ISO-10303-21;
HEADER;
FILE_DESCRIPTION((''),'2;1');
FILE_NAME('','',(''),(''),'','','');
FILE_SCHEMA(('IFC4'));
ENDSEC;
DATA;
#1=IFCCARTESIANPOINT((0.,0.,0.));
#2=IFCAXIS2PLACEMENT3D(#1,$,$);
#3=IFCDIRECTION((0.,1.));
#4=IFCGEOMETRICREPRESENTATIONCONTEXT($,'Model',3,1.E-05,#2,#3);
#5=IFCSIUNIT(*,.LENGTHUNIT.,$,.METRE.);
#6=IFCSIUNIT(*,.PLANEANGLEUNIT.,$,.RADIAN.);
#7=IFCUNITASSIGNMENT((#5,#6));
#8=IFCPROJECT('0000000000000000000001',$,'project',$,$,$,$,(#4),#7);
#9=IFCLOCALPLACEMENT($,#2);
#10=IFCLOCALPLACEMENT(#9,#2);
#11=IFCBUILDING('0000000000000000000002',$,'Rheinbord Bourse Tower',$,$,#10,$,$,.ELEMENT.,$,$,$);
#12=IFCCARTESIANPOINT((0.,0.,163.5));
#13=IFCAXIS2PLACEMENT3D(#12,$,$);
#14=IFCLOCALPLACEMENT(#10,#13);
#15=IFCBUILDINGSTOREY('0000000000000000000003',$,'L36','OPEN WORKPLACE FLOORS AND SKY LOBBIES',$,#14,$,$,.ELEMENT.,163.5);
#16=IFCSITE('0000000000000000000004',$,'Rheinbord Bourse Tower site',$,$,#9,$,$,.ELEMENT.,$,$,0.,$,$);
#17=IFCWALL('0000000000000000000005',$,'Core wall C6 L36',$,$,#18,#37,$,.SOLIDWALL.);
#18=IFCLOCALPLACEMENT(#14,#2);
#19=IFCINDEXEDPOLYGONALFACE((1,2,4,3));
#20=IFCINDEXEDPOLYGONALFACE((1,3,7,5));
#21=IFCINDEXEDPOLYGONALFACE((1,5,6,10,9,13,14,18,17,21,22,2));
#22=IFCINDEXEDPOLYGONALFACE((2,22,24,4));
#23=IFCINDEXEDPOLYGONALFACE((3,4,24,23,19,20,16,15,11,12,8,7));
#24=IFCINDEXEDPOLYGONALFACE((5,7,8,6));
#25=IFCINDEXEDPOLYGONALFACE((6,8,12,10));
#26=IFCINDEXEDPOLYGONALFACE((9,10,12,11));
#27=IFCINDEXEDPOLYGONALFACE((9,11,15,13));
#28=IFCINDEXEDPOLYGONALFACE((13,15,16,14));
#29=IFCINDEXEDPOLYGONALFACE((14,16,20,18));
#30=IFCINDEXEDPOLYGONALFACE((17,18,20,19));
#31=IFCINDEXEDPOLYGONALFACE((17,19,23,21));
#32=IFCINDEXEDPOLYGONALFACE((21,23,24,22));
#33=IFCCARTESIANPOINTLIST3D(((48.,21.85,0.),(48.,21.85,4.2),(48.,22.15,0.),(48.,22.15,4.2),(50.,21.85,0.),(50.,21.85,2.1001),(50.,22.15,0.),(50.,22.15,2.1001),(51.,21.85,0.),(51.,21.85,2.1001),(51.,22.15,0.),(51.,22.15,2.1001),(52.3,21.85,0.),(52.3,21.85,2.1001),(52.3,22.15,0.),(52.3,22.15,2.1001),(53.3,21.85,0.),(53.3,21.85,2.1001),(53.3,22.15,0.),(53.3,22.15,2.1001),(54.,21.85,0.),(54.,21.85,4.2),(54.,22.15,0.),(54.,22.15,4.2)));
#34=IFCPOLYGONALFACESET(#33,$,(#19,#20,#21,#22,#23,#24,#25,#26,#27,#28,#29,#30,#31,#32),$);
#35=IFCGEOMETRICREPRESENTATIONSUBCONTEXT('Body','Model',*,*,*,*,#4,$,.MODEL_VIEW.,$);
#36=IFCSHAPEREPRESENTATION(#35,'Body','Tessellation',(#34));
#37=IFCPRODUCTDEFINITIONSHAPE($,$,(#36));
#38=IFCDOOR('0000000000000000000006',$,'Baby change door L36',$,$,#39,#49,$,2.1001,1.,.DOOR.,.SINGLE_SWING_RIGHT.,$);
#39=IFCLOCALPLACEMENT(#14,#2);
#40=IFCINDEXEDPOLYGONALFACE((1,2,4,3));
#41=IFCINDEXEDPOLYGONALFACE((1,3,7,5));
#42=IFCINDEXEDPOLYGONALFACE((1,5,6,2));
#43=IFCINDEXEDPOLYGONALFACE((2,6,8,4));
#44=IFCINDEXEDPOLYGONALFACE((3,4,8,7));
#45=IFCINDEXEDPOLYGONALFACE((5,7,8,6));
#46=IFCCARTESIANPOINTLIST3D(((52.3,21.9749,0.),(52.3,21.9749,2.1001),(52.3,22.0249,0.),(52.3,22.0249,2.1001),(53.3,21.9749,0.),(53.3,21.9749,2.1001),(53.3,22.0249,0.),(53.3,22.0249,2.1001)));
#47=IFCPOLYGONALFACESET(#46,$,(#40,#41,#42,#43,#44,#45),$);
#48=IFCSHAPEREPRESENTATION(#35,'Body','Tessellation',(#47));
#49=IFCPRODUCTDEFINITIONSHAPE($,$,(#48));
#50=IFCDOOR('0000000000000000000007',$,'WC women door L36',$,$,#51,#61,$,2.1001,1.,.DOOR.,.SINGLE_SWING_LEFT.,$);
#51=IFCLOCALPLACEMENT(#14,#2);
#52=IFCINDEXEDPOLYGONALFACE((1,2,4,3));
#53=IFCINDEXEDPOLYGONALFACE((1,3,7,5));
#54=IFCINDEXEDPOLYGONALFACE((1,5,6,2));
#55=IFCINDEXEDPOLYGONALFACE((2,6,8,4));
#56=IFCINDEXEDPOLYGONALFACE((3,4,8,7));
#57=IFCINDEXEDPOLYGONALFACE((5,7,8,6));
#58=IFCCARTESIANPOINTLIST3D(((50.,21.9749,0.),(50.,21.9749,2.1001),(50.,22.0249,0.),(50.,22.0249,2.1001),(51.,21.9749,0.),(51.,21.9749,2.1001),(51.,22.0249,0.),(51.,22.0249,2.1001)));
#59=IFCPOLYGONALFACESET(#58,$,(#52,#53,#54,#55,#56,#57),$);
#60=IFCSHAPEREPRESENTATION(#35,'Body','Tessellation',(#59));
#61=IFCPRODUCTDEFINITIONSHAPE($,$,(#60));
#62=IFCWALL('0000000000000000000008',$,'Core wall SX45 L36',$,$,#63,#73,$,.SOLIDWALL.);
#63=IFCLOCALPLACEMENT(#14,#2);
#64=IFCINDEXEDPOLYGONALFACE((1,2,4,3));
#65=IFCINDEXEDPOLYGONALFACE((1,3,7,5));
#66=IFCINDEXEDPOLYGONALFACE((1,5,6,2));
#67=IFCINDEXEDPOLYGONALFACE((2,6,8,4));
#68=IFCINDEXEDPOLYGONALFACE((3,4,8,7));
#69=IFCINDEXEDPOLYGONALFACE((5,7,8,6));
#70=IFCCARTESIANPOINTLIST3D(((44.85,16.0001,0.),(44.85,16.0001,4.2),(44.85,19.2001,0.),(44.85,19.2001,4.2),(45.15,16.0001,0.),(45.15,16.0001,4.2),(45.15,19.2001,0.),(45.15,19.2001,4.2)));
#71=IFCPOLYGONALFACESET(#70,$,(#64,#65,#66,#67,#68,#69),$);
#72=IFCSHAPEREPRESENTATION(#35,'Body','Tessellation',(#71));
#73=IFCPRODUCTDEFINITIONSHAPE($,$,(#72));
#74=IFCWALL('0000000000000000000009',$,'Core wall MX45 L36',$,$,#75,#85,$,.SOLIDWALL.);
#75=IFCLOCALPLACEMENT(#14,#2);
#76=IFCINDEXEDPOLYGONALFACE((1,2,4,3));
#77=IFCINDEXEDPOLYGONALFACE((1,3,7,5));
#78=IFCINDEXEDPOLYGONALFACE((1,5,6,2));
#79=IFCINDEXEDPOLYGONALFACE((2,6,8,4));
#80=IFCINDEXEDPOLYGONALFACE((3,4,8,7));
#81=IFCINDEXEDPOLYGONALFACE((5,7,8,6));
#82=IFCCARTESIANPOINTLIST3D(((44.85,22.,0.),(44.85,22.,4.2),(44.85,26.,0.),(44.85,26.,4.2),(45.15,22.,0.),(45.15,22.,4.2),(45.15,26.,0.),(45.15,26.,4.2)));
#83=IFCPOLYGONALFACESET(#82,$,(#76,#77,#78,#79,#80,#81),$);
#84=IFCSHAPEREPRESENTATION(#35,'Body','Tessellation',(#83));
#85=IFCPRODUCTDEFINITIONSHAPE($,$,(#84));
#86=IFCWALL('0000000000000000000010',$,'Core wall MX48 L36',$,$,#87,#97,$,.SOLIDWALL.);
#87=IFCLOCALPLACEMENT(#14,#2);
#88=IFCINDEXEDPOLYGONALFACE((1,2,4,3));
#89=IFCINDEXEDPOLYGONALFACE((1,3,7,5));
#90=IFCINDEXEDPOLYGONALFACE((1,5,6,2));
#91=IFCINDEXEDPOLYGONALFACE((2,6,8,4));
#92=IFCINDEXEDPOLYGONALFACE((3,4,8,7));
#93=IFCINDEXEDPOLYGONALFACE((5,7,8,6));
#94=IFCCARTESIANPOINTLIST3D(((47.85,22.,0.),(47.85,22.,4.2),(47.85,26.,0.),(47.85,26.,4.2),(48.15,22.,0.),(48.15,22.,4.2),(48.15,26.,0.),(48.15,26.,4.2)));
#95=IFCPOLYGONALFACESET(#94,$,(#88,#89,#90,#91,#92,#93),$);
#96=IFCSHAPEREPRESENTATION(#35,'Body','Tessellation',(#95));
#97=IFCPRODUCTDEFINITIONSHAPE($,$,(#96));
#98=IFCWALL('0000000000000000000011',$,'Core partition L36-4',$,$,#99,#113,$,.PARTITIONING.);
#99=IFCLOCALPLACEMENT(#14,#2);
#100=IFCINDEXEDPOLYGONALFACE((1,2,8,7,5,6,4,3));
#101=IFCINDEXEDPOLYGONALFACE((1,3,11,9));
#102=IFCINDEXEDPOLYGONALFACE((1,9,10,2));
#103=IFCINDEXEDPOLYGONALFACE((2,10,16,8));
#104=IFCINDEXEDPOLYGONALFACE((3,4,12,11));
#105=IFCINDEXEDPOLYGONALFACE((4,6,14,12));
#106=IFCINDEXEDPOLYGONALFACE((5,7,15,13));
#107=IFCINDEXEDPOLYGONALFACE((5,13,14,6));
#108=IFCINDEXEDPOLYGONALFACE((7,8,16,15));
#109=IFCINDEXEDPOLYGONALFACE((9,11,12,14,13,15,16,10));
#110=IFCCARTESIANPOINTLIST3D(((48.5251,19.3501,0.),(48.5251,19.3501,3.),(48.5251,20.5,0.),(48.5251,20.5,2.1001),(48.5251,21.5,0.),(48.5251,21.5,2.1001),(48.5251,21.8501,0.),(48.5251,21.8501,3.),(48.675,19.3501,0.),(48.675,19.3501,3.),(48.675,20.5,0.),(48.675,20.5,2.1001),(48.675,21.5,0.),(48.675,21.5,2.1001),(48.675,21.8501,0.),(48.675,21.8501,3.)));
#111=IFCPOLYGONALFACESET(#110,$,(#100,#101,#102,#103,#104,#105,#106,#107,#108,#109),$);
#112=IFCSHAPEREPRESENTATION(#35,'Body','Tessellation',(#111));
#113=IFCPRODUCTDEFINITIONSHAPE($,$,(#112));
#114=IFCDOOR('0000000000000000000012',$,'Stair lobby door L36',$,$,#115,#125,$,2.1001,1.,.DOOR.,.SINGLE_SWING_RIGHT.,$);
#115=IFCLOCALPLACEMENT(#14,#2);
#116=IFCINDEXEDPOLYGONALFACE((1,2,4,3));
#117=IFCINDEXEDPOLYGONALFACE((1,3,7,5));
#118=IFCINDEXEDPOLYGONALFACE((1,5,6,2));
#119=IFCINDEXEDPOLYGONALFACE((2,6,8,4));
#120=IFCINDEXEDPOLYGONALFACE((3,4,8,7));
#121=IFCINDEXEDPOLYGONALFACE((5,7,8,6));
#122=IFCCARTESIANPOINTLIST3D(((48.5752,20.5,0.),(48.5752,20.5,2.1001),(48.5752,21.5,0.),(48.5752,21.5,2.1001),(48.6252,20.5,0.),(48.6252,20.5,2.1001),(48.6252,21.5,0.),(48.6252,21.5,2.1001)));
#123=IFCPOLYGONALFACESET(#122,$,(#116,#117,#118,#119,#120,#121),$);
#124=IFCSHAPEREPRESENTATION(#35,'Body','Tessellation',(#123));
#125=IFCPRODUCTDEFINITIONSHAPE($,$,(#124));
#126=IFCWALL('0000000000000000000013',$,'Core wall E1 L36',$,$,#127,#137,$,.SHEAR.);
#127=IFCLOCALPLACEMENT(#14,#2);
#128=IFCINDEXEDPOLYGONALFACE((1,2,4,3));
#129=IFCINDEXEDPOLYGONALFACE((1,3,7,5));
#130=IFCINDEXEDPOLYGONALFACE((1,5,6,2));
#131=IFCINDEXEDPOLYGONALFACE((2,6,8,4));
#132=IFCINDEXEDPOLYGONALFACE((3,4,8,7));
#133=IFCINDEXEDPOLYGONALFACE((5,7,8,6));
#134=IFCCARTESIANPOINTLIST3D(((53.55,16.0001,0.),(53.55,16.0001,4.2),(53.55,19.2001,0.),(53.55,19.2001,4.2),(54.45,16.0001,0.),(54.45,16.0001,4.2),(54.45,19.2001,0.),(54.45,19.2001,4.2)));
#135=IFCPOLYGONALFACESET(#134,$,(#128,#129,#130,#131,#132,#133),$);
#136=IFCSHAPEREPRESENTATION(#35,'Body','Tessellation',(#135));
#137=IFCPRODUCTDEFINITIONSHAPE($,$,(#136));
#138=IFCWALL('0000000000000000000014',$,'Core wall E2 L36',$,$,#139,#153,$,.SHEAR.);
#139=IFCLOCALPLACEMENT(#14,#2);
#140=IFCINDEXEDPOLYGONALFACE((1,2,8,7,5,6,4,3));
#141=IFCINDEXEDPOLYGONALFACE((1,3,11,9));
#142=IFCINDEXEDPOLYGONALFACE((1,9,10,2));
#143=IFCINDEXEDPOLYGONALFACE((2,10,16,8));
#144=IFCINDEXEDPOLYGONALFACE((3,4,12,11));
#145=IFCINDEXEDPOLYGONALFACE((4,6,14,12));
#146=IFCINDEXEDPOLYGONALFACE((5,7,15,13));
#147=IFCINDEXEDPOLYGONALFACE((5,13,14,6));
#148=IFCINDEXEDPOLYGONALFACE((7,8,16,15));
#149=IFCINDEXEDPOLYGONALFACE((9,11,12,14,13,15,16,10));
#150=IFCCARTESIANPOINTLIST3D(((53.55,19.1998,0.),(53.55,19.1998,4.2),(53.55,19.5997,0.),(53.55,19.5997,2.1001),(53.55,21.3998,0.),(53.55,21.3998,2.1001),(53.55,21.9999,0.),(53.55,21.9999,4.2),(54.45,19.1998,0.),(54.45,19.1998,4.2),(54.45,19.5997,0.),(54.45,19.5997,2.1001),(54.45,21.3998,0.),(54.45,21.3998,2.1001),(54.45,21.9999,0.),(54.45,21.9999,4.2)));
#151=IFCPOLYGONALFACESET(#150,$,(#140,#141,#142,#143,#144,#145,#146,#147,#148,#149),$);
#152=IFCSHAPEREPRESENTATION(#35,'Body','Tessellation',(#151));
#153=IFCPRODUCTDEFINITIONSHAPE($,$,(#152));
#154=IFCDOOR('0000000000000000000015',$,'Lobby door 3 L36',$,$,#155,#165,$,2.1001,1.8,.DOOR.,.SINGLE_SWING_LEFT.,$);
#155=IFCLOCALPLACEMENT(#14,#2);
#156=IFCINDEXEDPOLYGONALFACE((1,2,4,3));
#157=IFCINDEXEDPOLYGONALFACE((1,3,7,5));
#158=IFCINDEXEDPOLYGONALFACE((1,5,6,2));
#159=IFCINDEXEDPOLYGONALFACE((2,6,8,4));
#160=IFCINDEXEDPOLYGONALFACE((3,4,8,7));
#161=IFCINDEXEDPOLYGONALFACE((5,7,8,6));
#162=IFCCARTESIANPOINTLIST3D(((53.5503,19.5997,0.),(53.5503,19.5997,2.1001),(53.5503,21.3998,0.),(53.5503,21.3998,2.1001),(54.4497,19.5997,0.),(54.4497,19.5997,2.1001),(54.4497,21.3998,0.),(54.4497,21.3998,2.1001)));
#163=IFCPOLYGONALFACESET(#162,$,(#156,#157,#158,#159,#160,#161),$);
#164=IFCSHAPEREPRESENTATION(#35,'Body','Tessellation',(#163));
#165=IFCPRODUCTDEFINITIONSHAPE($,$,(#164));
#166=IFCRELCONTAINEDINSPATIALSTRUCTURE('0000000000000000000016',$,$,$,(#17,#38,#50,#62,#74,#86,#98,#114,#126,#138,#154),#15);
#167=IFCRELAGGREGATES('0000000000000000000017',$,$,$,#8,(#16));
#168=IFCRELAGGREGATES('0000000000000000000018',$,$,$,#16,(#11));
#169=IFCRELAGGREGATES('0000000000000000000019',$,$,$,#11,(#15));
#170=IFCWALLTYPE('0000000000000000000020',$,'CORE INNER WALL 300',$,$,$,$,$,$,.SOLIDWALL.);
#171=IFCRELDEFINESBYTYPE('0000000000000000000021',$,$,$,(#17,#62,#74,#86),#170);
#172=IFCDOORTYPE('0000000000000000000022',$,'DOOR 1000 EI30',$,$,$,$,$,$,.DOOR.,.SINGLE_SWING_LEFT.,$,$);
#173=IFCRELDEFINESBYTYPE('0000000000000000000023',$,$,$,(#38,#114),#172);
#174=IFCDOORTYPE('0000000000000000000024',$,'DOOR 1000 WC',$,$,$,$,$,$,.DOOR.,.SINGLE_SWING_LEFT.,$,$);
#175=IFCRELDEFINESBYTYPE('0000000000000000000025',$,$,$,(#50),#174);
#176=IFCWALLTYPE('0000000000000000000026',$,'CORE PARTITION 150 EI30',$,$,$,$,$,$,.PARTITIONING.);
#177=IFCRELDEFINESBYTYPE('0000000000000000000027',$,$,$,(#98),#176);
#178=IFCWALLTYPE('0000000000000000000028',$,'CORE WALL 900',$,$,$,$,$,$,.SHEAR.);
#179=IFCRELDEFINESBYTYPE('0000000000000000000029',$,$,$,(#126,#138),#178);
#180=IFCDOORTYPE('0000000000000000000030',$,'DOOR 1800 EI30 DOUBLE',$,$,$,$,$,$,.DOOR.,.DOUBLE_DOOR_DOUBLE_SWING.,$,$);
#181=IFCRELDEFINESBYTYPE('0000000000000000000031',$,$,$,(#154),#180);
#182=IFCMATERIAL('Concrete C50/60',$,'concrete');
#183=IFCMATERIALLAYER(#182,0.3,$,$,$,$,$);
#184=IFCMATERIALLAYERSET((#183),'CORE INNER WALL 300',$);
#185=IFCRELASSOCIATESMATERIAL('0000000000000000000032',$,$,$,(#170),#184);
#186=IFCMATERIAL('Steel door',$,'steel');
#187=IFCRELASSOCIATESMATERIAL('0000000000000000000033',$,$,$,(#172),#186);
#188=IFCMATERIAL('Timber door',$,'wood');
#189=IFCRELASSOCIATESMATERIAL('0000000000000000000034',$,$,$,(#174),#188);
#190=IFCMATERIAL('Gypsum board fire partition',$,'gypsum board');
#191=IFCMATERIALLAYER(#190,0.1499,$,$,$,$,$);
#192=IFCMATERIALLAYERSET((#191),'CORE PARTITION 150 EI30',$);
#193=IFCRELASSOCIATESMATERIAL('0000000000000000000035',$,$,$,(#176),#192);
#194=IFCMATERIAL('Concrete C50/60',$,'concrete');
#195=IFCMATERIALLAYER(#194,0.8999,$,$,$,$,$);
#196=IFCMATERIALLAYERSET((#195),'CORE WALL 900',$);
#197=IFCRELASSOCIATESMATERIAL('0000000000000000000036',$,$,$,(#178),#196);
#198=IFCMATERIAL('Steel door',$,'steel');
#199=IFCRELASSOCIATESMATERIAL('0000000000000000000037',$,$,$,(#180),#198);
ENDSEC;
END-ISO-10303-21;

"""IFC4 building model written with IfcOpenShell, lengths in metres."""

from ifc_helpers import new_model, si_unit, direction, frame, frame_2d, origin, place, context, subcontext, project, spatial, rectangle, extrude, material, layer, layer_set, type_object, element, fill, save


model = new_model("IFC4")

# Units and contexts
model_context = context("Model", 3, precision=1e-05, world=origin(), true_north=direction((0.0, 1.0)))
body_context = subcontext(model_context, "Body", "Model", "MODEL_VIEW")
ifc_project = project(units=[si_unit("LENGTHUNIT", "METRE"), si_unit("PLANEANGLEUNIT", "RADIAN")], contexts=[model_context])

# Site, building, storey
site_placement = place(None, origin())
site = spatial("IfcSite", under=ifc_project, at=site_placement, Name="Rheinbord Bourse Tower site", CompositionType="ELEMENT", RefElevation=0.0)
building_placement = place(site_placement, origin())
building = spatial("IfcBuilding", under=site, at=building_placement, Name="Rheinbord Bourse Tower", CompositionType="ELEMENT")
storey_placement = place(building_placement, frame((0.0, 0.0, 163.5)))
storey = spatial("IfcBuildingStorey", under=building, at=storey_placement, Name="L36", Description="OPEN WORKPLACE FLOORS AND SKY LOBBIES", CompositionType="ELEMENT", Elevation=163.5)

# Shared definitions
ifc_material_1 = material(Name="Concrete C50/60", Category="concrete")
ifc_layer_1 = layer(ifc_material_1, 0.3)
ifc_layer_set_1 = layer_set([ifc_layer_1], Name="CORE INNER WALL 300")
wall_type_1 = type_object("IfcWallType", Name="CORE INNER WALL 300", PredefinedType="SOLIDWALL", material=ifc_layer_set_1)
ifc_material_2 = material(Name="Steel door", Category="steel")
door_type_1 = type_object("IfcDoorType", Name="DOOR 1000 EI30", OperationType="SINGLE_SWING_LEFT", PredefinedType="DOOR", material=ifc_material_2)
ifc_material_3 = material(Name="Timber door", Category="wood")
door_type_2 = type_object("IfcDoorType", Name="DOOR 1000 WC", OperationType="SINGLE_SWING_LEFT", PredefinedType="DOOR", material=ifc_material_3)

# Wall, openings, doors
wall_1_placement = place(storey_placement, frame((48.0, 22.0, 0.0), z_axis=(0.0, 0.0, 1.0), x_axis=(1.0, 0.0, 0.0)))
wall_1 = element("IfcWall", 1, at=wall_1_placement, inside=storey, type_object=wall_type_1, Name="Core wall C6 L36", PredefinedType="SOLIDWALL", context=body_context, shape_type="SweptSolid", body=[
    extrude(rectangle(XDim=6.0, YDim=0.3, at=frame_2d((3.0, 0.0))), origin(), (0.0, 0.0, 1.0), 4.2),
])
opening_1_placement = place(wall_1_placement, frame((2.0, 0.0, 0.0)))
opening_1 = element("IfcOpeningElement", 2, at=opening_1_placement, cuts=wall_1, PredefinedType="OPENING", context=body_context, shape_type="SweptSolid", body=[
    extrude(rectangle(XDim=1.0, YDim=2.1001, at=frame_2d((0.5, 1.05))), frame((0.0, 0.1599, 0.0), z_axis=(0.0, -1.0, 0.0), x_axis=(1.0, 0.0, 0.0)), (0.0, 0.0, 1.0), 0.3201),
])
opening_2_placement = place(wall_1_placement, frame((4.3, 0.0, 0.0)))
opening_2 = element("IfcOpeningElement", 3, at=opening_2_placement, cuts=wall_1, PredefinedType="OPENING", context=body_context, shape_type="SweptSolid", body=[
    extrude(rectangle(XDim=1.0, YDim=2.1001, at=frame_2d((0.5, 1.05))), frame((0.0, 0.1599, 0.0), z_axis=(0.0, -1.0, 0.0), x_axis=(1.0, 0.0, 0.0)), (0.0, 0.0, 1.0), 0.3201),
])
door_1_placement = place(opening_2_placement, origin())
door_1 = element("IfcDoor", 4, at=door_1_placement, inside=storey, type_object=door_type_1, Name="Baby change door L36", OperationType="SINGLE_SWING_RIGHT", OverallHeight=2.1001, OverallWidth=1.0, PredefinedType="DOOR", context=body_context, shape_type="SweptSolid", body=[
    extrude(rectangle(XDim=1.0, YDim=2.1001, at=frame_2d((0.5, 1.05))), frame((0.0, 0.0249, 0.0), z_axis=(0.0, -1.0, 0.0), x_axis=(1.0, 0.0, 0.0)), (0.0, 0.0, 1.0), 0.05),
])
fill(opening_2, door_1)
door_2_placement = place(opening_1_placement, origin())
door_2 = element("IfcDoor", 5, at=door_2_placement, inside=storey, type_object=door_type_2, Name="WC women door L36", OperationType="SINGLE_SWING_LEFT", OverallHeight=2.1001, OverallWidth=1.0, PredefinedType="DOOR", context=body_context, shape_type="SweptSolid", body=[
    extrude(rectangle(XDim=1.0, YDim=2.1001, at=frame_2d((0.5, 1.05))), frame((0.0, 0.0249, 0.0), z_axis=(0.0, -1.0, 0.0), x_axis=(1.0, 0.0, 0.0)), (0.0, 0.0, 1.0), 0.05),
])
fill(opening_1, door_2)

# Walls
wall_2_placement = place(storey_placement, frame((45.0, 16.0, 0.0), z_axis=(0.0, 0.0, 1.0), x_axis=(0.0, 1.0, 0.0)))
element("IfcWall", 6, at=wall_2_placement, inside=storey, type_object=wall_type_1, Name="Core wall SX45 L36", PredefinedType="SOLIDWALL", context=body_context, shape_type="SweptSolid", body=[
    extrude(rectangle(XDim=3.2, YDim=0.3, at=frame_2d((1.6001, 0.0))), origin(), (0.0, 0.0, 1.0), 4.2),
])
for number, where, z_axis, x_axis, name in (
    (7, (45.0, 22.0, 0.0), (0.0, 0.0, 1.0), (0.0, 1.0, 0.0), "Core wall MX45 L36"),
    (8, (48.0, 22.0, 0.0), (0.0, 0.0, 1.0), (0.0, 1.0, 0.0), "Core wall MX48 L36"),
):
    element("IfcWall", number, at=place(storey_placement, frame(where, z_axis=z_axis, x_axis=x_axis)), inside=storey, type_object=wall_type_1, Name=name, PredefinedType="SOLIDWALL", context=body_context, shape_type="SweptSolid", body=[
        extrude(rectangle(XDim=4.0, YDim=0.3, at=frame_2d((2.0, 0.0))), origin(), (0.0, 0.0, 1.0), 4.2),
    ])

# Wall, opening, door
ifc_material_4 = material(Name="Gypsum board fire partition", Category="gypsum board")
ifc_layer_2 = layer(ifc_material_4, 0.1499)
ifc_layer_set_2 = layer_set([ifc_layer_2], Name="CORE PARTITION 150 EI30")
wall_type_2 = type_object("IfcWallType", Name="CORE PARTITION 150 EI30", PredefinedType="PARTITIONING", material=ifc_layer_set_2)
wall_3_placement = place(storey_placement, frame((48.6001, 19.3501, 0.0), z_axis=(0.0, 0.0, 1.0), x_axis=(0.0, 1.0, 0.0)))
wall_3 = element("IfcWall", 9, at=wall_3_placement, inside=storey, type_object=wall_type_2, Name="Core partition L36-4", PredefinedType="PARTITIONING", context=body_context, shape_type="SweptSolid", body=[
    extrude(rectangle(XDim=2.5, YDim=0.1499, at=frame_2d((1.25, 0.0))), origin(), (0.0, 0.0, 1.0), 3.0),
])
opening_3_placement = place(wall_3_placement, frame((1.1499, 0.0, 0.0)))
opening_3 = element("IfcOpeningElement", 10, at=opening_3_placement, cuts=wall_3, PredefinedType="OPENING", context=body_context, shape_type="SweptSolid", body=[
    extrude(rectangle(XDim=1.0, YDim=2.1001, at=frame_2d((0.5, 1.05))), frame((0.0, 0.085, 0.0), z_axis=(0.0, -1.0, 0.0), x_axis=(1.0, 0.0, 0.0)), (0.0, 0.0, 1.0), 0.1699),
])
door_3_placement = place(opening_3_placement, origin())
door_3 = element("IfcDoor", 11, at=door_3_placement, inside=storey, type_object=door_type_1, Name="Stair lobby door L36", OperationType="SINGLE_SWING_RIGHT", OverallHeight=2.1001, OverallWidth=1.0, PredefinedType="DOOR", context=body_context, shape_type="SweptSolid", body=[
    extrude(rectangle(XDim=1.0, YDim=2.1001, at=frame_2d((0.5, 1.05))), frame((0.0, 0.0249, 0.0), z_axis=(0.0, -1.0, 0.0), x_axis=(1.0, 0.0, 0.0)), (0.0, 0.0, 1.0), 0.05),
])
fill(opening_3, door_3)

# Wall
ifc_material_5 = material(Name="Concrete C50/60", Category="concrete")
ifc_layer_3 = layer(ifc_material_5, 0.8999)
ifc_layer_set_3 = layer_set([ifc_layer_3], Name="CORE WALL 900")
wall_type_3 = type_object("IfcWallType", Name="CORE WALL 900", PredefinedType="SHEAR", material=ifc_layer_set_3)
wall_4_placement = place(storey_placement, frame((54.0, 16.0, 0.0), z_axis=(0.0, 0.0, 1.0), x_axis=(0.0, 1.0, 0.0)))
element("IfcWall", 12, at=wall_4_placement, inside=storey, type_object=wall_type_3, Name="Core wall E1 L36", PredefinedType="SHEAR", context=body_context, shape_type="SweptSolid", body=[
    extrude(rectangle(XDim=3.2, YDim=0.8999, at=frame_2d((1.6001, 0.0))), origin(), (0.0, 0.0, 1.0), 4.2),
])

# Wall, opening, door
wall_5_placement = place(storey_placement, frame((54.0, 19.2, 0.0), z_axis=(0.0, 0.0, 1.0), x_axis=(0.0, 1.0, 0.0)))
wall_5 = element("IfcWall", 13, at=wall_5_placement, inside=storey, type_object=wall_type_3, Name="Core wall E2 L36", PredefinedType="SHEAR", context=body_context, shape_type="SweptSolid", body=[
    extrude(rectangle(XDim=2.8, YDim=0.8999, at=frame_2d((1.3999, 0.0))), origin(), (0.0, 0.0, 1.0), 4.2),
])
opening_4_placement = place(wall_5_placement, frame((0.3999, 0.0, 0.0)))
opening_4 = element("IfcOpeningElement", 14, at=opening_4_placement, cuts=wall_5, PredefinedType="OPENING", context=body_context, shape_type="SweptSolid", body=[
    extrude(rectangle(XDim=1.8, YDim=2.1001, at=frame_2d((0.8999, 1.05))), frame((0.0, 0.46, 0.0), z_axis=(0.0, -1.0, 0.0), x_axis=(1.0, 0.0, 0.0)), (0.0, 0.0, 1.0), 0.9199),
])
ifc_material_6 = material(Name="Steel door", Category="steel")
door_type_3 = type_object("IfcDoorType", Name="DOOR 1800 EI30 DOUBLE", OperationType="DOUBLE_DOOR_DOUBLE_SWING", PredefinedType="DOOR", material=ifc_material_6)
door_4_placement = place(opening_4_placement, origin())
door_4 = element("IfcDoor", 15, at=door_4_placement, inside=storey, type_object=door_type_3, Name="Lobby door 3 L36", OperationType="SINGLE_SWING_LEFT", OverallHeight=2.1001, OverallWidth=1.8, PredefinedType="DOOR", context=body_context, shape_type="SweptSolid", body=[
    extrude(rectangle(XDim=1.8, YDim=2.1001, at=frame_2d((0.8999, 1.05))), frame((0.0, 0.4497, 0.0), z_axis=(0.0, -1.0, 0.0), x_axis=(1.0, 0.0, 0.0)), (0.0, 0.0, 1.0), 0.8994),
])
fill(opening_4, door_4)

save(model, "model.ifc")
